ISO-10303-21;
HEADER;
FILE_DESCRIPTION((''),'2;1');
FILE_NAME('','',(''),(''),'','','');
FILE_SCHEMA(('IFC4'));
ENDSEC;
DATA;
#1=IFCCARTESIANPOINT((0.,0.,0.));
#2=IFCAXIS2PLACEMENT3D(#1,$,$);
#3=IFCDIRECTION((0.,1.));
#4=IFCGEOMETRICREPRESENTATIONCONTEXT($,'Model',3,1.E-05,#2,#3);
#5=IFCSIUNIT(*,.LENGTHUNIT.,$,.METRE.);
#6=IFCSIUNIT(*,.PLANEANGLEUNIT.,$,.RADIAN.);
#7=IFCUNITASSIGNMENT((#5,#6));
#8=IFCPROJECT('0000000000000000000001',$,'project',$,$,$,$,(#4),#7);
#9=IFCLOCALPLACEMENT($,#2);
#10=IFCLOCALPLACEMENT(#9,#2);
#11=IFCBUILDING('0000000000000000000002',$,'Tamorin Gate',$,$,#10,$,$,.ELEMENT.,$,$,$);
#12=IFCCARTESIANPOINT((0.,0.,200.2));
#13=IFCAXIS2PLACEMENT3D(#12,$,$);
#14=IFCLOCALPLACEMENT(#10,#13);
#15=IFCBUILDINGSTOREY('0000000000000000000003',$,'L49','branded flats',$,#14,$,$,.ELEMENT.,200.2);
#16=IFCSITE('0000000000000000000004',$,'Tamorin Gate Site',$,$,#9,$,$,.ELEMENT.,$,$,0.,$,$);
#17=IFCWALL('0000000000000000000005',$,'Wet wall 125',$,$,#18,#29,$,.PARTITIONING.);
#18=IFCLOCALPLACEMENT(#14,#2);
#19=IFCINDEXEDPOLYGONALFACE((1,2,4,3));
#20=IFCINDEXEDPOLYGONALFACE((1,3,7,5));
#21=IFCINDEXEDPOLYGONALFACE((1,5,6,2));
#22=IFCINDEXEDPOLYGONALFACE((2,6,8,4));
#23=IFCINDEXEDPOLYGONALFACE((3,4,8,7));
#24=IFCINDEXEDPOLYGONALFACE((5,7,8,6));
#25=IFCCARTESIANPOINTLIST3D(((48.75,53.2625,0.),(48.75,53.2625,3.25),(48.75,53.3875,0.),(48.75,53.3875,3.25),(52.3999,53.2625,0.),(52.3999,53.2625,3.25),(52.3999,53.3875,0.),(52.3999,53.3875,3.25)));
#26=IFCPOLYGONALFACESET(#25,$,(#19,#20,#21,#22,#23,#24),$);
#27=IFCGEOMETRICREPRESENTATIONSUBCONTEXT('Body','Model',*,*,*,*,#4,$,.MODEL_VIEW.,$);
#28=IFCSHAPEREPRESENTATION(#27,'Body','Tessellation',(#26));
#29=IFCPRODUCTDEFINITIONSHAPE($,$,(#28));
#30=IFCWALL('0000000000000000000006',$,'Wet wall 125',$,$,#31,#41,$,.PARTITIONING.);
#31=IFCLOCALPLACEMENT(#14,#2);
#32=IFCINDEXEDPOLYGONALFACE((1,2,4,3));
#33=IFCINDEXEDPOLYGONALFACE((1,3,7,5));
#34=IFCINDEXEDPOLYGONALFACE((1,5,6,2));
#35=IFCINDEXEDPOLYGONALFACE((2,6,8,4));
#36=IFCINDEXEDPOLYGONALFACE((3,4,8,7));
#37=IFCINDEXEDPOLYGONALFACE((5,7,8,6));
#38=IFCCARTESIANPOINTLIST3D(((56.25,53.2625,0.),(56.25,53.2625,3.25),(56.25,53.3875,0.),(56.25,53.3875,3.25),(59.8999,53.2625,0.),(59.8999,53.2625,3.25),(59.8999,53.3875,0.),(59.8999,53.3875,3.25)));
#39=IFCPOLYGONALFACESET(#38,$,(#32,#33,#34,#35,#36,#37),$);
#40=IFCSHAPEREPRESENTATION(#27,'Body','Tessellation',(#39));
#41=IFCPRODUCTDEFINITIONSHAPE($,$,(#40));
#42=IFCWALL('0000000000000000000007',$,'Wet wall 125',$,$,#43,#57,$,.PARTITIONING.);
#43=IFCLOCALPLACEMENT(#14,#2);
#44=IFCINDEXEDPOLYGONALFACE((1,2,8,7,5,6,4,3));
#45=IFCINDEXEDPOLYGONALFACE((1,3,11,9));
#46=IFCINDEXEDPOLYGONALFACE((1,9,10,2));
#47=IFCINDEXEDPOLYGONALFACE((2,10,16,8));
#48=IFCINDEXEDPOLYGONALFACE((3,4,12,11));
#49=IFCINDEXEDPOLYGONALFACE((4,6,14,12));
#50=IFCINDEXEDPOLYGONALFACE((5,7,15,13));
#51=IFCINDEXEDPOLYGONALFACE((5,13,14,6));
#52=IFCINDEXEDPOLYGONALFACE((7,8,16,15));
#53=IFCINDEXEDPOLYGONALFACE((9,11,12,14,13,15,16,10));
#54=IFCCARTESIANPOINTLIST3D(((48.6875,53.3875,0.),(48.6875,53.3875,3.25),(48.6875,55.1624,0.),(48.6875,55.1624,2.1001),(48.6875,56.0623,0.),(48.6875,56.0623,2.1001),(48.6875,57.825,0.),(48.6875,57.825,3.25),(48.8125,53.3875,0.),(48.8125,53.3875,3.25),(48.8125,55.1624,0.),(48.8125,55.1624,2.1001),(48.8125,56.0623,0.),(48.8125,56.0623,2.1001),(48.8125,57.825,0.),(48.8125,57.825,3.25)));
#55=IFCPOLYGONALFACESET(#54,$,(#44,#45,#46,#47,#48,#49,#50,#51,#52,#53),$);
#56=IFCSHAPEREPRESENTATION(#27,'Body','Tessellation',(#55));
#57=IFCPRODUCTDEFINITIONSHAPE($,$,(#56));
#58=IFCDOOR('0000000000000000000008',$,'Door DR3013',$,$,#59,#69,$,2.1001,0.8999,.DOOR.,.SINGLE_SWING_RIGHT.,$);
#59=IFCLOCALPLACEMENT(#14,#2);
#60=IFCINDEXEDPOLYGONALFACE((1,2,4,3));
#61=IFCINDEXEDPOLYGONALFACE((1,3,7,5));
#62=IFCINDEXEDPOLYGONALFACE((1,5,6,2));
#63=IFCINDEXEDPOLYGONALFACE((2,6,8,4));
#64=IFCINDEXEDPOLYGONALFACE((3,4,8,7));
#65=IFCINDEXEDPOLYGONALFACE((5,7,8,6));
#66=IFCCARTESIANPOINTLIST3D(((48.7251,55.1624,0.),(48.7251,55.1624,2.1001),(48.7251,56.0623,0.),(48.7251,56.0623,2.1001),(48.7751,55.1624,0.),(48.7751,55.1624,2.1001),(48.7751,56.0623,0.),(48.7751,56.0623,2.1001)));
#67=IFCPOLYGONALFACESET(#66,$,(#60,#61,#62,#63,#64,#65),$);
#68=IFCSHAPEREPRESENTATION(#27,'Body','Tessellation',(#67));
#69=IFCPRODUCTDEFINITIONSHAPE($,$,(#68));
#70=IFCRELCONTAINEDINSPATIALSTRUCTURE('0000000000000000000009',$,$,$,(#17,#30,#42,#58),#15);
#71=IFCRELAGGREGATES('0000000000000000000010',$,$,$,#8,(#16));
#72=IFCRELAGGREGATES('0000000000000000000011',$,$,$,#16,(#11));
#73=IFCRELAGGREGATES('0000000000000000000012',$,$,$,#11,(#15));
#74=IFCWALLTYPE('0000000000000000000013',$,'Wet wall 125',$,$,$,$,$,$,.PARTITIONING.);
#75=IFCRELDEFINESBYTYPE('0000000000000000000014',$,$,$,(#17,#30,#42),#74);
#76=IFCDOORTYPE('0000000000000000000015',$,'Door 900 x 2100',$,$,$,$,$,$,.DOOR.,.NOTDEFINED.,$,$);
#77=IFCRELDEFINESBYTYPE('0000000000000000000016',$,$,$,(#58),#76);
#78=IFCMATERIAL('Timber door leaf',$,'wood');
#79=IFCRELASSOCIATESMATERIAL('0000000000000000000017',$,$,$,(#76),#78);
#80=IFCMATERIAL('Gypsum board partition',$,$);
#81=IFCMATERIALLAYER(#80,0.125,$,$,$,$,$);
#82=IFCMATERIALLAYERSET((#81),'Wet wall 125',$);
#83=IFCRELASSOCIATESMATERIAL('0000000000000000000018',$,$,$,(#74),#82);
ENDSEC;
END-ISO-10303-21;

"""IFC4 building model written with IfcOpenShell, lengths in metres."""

from ifc_helpers import new_model, si_unit, direction, frame, frame_2d, origin, place, context, subcontext, project, spatial, rectangle, extrude, material, layer, layer_set, type_object, element, fill, save


model = new_model("IFC4")

# Units and contexts
model_context = context("Model", 3, precision=1e-05, world=origin(), true_north=direction((0.0, 1.0)))
body_context = subcontext(model_context, "Body", "Model", "MODEL_VIEW")
ifc_project = project(units=[si_unit("LENGTHUNIT", "METRE"), si_unit("PLANEANGLEUNIT", "RADIAN")], contexts=[model_context])

# Site, building, storey
site_placement = place(None, origin())
site = spatial("IfcSite", under=ifc_project, at=site_placement, Name="Tamorin Gate Site", CompositionType="ELEMENT", RefElevation=0.0)
building_placement = place(site_placement, origin())
building = spatial("IfcBuilding", under=site, at=building_placement, Name="Tamorin Gate", CompositionType="ELEMENT")
storey_placement = place(building_placement, frame((0.0, 0.0, 200.2)))
storey = spatial("IfcBuildingStorey", under=building, at=storey_placement, Name="L49", Description="branded flats", CompositionType="ELEMENT", Elevation=200.2)

# Shared definitions
ifc_material_1 = material(Name="Gypsum board partition")

# Shared definitions
ifc_material_2 = material(Name="Timber door leaf", Category="wood")
door_type = type_object("IfcDoorType", Name="Door 900 x 2100", OperationType="NOTDEFINED", PredefinedType="DOOR", material=ifc_material_2)

# Walls
ifc_layer_1 = layer(ifc_material_1, 0.125)
ifc_layer_set_1 = layer_set([ifc_layer_1], Name="Wet wall 125")
wall_type_1 = type_object("IfcWallType", Name="Wet wall 125", PredefinedType="PARTITIONING", material=ifc_layer_set_1)
for number, where, z_axis, x_axis, name in (
    (1, (48.75, 53.325, 0.0), (0.0, 0.0, 1.0), (1.0, 0.0, 0.0), "Wet wall 125"),
    (2, (56.25, 53.325, 0.0), (0.0, 0.0, 1.0), (1.0, 0.0, 0.0), "Wet wall 125"),
):
    element("IfcWall", number, at=place(storey_placement, frame(where, z_axis=z_axis, x_axis=x_axis)), inside=storey, type_object=wall_type_1, Name=name, PredefinedType="PARTITIONING", context=body_context, shape_type="SweptSolid", body=[
        extrude(rectangle(XDim=3.6499, YDim=0.125, at=frame_2d((1.825, 0.0))), origin(), (0.0, 0.0, 1.0), 3.25),
    ])

# Wall, opening, door
wall_1_placement = place(storey_placement, frame((48.75, 53.3875, 0.0), z_axis=(0.0, 0.0, 1.0), x_axis=(0.0, 1.0, 0.0)))
wall_1 = element("IfcWall", 3, at=wall_1_placement, inside=storey, type_object=wall_type_1, Name="Wet wall 125", PredefinedType="PARTITIONING", context=body_context, shape_type="SweptSolid", body=[
    extrude(rectangle(XDim=4.4375, YDim=0.125, at=frame_2d((2.2188, 0.0))), origin(), (0.0, 0.0, 1.0), 3.25),
])
opening_1_placement = place(wall_1_placement, frame((1.7749, 0.0, 0.0)))
opening_1 = element("IfcOpeningElement", 4, at=opening_1_placement, cuts=wall_1, PredefinedType="OPENING", context=body_context, shape_type="SweptSolid", body=[
    extrude(rectangle(XDim=0.8999, YDim=2.1001, at=frame_2d((0.45, 1.05))), frame((0.0, 0.0725, 0.0), z_axis=(0.0, -1.0, 0.0), x_axis=(1.0, 0.0, 0.0)), (0.0, 0.0, 1.0), 0.145),
])
door_1_placement = place(opening_1_placement, origin())
door_1 = element("IfcDoor", 5, at=door_1_placement, inside=storey, type_object=door_type, Name="Door DR3013", OperationType="SINGLE_SWING_RIGHT", OverallHeight=2.1001, OverallWidth=0.8999, PredefinedType="DOOR", context=body_context, shape_type="SweptSolid", body=[
    extrude(rectangle(XDim=0.8999, YDim=2.1001, at=frame_2d((0.45, 1.05))), frame((0.0, 0.0249, 0.0), z_axis=(0.0, -1.0, 0.0), x_axis=(1.0, 0.0, 0.0)), (0.0, 0.0, 1.0), 0.05),
])
fill(opening_1, door_1)

save(model, "model.ifc")
